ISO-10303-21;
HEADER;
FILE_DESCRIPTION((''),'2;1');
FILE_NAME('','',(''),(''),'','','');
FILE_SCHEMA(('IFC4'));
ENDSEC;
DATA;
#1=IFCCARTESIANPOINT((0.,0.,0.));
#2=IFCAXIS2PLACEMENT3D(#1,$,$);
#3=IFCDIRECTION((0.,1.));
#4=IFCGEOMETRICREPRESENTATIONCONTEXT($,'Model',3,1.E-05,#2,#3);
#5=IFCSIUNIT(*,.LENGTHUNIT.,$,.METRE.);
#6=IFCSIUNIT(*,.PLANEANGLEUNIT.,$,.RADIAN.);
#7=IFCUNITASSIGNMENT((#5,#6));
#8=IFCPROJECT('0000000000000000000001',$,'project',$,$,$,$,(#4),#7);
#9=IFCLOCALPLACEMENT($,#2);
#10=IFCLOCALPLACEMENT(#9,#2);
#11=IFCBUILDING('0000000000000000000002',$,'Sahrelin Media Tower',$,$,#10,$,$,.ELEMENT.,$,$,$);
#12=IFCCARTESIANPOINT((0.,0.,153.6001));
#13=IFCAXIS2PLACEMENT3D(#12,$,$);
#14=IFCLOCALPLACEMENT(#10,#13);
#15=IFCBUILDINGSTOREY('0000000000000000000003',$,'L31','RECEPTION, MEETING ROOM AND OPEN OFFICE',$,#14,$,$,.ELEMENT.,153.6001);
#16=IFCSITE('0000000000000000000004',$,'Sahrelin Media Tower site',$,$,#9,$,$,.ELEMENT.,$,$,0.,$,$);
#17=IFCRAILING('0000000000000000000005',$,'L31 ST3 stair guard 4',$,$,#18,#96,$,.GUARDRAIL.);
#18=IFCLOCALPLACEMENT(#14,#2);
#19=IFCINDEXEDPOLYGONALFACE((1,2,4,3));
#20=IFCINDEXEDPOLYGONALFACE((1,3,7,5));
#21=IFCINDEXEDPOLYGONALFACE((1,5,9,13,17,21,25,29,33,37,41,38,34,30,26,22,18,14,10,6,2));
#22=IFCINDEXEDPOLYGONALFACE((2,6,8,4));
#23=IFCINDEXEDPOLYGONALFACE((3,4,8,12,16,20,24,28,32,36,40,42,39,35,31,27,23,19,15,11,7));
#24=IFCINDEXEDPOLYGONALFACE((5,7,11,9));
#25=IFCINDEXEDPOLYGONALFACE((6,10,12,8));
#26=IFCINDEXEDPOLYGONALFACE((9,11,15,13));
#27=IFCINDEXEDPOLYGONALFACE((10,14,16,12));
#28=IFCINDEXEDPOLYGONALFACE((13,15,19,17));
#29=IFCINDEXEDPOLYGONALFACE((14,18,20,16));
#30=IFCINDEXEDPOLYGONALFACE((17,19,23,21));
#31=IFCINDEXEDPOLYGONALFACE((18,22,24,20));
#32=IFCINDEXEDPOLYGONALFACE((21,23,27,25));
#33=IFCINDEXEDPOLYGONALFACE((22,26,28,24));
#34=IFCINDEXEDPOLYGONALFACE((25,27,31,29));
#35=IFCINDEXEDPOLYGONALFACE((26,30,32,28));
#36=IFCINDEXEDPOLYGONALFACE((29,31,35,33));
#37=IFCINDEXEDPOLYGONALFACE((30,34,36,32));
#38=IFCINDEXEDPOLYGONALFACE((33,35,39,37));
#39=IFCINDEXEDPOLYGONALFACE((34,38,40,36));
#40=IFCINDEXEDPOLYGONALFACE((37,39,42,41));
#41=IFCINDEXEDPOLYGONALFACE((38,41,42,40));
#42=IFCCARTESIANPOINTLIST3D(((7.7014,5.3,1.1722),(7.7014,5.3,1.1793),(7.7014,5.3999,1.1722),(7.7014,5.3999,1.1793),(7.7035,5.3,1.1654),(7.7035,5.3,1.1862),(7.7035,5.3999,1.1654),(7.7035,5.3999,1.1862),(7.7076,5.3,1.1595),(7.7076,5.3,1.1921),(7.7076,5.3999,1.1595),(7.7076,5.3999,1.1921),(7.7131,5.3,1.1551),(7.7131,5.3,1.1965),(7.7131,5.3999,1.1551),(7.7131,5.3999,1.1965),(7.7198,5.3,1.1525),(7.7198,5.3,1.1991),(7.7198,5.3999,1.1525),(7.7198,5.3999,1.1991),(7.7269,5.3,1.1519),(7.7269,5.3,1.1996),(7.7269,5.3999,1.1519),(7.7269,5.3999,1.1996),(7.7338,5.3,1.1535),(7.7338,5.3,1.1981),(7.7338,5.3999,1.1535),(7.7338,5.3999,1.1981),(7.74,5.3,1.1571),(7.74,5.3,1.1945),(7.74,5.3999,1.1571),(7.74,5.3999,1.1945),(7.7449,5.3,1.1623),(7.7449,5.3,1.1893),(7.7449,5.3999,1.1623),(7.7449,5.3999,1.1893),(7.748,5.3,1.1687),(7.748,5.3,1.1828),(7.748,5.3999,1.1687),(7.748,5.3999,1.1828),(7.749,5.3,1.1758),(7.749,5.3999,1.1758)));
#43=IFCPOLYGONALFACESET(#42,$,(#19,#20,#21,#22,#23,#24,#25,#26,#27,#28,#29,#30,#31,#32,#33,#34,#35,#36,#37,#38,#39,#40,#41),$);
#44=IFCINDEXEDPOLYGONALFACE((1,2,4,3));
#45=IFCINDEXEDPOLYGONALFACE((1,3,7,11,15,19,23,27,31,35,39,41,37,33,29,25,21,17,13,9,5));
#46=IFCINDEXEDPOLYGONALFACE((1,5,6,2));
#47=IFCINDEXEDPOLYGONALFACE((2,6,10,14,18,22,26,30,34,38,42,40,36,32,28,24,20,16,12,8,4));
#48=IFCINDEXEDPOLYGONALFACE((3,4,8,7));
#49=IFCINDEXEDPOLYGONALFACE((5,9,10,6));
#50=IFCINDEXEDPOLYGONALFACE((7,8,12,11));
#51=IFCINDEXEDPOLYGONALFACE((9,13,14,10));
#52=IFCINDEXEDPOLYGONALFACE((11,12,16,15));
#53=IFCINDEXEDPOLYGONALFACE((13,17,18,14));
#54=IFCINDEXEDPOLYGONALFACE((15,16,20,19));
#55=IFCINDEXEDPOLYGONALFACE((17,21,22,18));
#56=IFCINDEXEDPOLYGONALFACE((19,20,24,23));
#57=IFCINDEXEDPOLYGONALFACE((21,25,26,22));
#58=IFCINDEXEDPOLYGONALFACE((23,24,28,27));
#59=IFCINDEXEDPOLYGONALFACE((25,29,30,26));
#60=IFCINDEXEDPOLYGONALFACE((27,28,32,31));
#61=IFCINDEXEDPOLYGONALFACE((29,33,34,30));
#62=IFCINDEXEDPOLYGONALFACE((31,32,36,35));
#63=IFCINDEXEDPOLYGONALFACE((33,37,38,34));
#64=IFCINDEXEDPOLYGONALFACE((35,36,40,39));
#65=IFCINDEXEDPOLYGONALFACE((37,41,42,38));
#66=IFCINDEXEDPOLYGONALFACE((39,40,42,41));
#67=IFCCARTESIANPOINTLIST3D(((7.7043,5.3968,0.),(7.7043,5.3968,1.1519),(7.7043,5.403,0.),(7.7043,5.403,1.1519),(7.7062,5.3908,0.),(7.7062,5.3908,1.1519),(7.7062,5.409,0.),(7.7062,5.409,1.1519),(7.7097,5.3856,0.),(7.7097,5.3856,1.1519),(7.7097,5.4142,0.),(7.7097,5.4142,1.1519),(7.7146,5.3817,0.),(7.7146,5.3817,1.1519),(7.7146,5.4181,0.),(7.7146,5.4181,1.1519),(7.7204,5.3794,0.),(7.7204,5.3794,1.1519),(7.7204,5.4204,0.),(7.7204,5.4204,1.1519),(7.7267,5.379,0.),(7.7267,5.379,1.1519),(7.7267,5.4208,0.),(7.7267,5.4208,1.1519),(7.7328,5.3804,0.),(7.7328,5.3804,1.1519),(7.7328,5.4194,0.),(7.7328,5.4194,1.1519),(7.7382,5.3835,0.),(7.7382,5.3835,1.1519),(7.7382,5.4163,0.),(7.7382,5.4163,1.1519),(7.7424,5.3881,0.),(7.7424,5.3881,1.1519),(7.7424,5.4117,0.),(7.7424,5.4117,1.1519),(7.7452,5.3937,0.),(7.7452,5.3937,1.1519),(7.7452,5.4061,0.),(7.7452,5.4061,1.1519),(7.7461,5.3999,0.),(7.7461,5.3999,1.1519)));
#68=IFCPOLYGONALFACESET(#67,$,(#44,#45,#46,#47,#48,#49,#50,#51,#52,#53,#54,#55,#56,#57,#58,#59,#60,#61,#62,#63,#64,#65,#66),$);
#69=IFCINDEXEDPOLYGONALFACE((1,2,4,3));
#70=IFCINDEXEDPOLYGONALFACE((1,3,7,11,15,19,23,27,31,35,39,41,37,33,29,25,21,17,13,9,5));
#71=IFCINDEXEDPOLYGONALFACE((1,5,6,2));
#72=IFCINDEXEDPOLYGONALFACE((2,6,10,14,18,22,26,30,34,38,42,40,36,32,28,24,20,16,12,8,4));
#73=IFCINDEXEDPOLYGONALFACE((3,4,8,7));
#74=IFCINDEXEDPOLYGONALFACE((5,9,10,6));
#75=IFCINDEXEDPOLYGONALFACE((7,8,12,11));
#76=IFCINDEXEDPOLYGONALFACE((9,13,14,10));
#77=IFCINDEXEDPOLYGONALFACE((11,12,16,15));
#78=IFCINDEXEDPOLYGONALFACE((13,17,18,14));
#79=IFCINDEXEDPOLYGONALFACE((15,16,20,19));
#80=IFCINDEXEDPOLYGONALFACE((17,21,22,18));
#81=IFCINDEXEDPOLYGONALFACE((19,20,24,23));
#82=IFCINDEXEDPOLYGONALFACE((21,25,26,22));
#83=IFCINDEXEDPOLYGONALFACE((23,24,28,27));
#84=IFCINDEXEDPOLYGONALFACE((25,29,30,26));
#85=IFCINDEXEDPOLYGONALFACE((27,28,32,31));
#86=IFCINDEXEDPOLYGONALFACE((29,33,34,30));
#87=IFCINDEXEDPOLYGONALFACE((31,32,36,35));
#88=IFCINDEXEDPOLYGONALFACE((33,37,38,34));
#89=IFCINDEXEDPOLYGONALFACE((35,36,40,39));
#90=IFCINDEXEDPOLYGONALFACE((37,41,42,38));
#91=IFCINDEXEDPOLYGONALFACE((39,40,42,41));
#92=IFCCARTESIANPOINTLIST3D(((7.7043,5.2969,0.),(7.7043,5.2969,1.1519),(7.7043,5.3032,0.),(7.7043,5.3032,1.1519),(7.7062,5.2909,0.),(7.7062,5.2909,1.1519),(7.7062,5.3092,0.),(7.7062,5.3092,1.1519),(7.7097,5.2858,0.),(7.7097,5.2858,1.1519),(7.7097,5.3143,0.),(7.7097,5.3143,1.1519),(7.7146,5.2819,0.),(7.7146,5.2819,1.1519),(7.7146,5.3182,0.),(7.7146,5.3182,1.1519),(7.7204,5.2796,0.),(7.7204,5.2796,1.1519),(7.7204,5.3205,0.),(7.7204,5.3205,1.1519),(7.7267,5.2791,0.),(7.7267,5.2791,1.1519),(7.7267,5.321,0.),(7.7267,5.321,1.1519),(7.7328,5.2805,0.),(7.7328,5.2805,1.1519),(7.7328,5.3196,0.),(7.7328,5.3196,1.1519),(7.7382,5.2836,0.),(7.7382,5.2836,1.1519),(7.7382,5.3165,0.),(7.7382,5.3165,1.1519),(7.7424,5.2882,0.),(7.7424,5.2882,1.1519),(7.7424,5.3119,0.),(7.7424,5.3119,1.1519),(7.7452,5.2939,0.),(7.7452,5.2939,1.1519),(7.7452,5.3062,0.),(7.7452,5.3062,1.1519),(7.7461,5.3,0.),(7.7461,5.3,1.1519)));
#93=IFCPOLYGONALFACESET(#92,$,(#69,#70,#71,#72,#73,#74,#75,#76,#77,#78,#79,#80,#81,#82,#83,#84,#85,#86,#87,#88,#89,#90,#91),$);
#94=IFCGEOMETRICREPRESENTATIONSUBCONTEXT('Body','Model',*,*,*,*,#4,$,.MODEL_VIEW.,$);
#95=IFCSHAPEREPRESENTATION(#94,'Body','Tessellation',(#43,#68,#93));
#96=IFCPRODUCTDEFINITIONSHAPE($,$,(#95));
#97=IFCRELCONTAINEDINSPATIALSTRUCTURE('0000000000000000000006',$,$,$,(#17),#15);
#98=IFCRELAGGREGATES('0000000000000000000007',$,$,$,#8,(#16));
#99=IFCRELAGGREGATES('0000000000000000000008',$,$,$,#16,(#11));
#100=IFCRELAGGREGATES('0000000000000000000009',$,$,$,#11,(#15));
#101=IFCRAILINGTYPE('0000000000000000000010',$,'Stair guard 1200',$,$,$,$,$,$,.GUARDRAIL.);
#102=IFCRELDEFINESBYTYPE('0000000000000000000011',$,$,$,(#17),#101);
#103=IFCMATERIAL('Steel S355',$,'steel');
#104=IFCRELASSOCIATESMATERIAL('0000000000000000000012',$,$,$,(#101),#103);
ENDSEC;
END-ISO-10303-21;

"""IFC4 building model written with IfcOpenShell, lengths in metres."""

from ifc_helpers import new_model, si_unit, direction, frame, origin, origin_2d, place, context, subcontext, project, spatial, circle, extrude, material, type_object, element, save


model = new_model("IFC4")

# Units and contexts
model_context = context("Model", 3, precision=1e-05, world=origin(), true_north=direction((0.0, 1.0)))
body_context = subcontext(model_context, "Body", "Model", "MODEL_VIEW")
ifc_project = project(units=[si_unit("LENGTHUNIT", "METRE"), si_unit("PLANEANGLEUNIT", "RADIAN")], contexts=[model_context])

# Site, building, storey
site_placement = place(None, origin())
site = spatial("IfcSite", under=ifc_project, at=site_placement, Name="Sahrelin Media Tower site", CompositionType="ELEMENT", RefElevation=0.0)
building_placement = place(site_placement, origin())
building = spatial("IfcBuilding", under=site, at=building_placement, Name="Sahrelin Media Tower", CompositionType="ELEMENT")
storey_placement = place(building_placement, frame((0.0, 0.0, 153.6001)))
storey = spatial("IfcBuildingStorey", under=building, at=storey_placement, Name="L31", Description="RECEPTION, MEETING ROOM AND OPEN OFFICE", CompositionType="ELEMENT", Elevation=153.6001)

# Shared definitions
ifc_material_1 = material(Name="Steel S355", Category="steel")

# Railing
railing_type_1 = type_object("IfcRailingType", Name="Stair guard 1200", PredefinedType="GUARDRAIL", material=ifc_material_1)
railing_1_placement = place(storey_placement, frame((7.7251, 5.3999, 0.0)))
element("IfcRailing", 1, at=railing_1_placement, inside=storey, type_object=railing_type_1, Name="L31 ST3 stair guard 4", PredefinedType="GUARDRAIL", context=body_context, shape_type="SweptSolid", body=[
    extrude(circle(Radius=0.0239, at=origin_2d()), frame((0.0, 0.0, 1.1758), z_axis=(0.0, -1.0, 0.0), x_axis=(1.0, 0.0, 0.0)), (0.0, 0.0, 1.0), 0.0999),
    extrude(circle(Radius=0.021, at=origin_2d()), origin(), (0.0, 0.0, 1.0), 1.1519),
    extrude(circle(Radius=0.021, at=origin_2d()), frame((0.0, -0.0999, 0.0)), (0.0, 0.0, 1.0), 1.1519),
])

save(model, "model.ifc")
